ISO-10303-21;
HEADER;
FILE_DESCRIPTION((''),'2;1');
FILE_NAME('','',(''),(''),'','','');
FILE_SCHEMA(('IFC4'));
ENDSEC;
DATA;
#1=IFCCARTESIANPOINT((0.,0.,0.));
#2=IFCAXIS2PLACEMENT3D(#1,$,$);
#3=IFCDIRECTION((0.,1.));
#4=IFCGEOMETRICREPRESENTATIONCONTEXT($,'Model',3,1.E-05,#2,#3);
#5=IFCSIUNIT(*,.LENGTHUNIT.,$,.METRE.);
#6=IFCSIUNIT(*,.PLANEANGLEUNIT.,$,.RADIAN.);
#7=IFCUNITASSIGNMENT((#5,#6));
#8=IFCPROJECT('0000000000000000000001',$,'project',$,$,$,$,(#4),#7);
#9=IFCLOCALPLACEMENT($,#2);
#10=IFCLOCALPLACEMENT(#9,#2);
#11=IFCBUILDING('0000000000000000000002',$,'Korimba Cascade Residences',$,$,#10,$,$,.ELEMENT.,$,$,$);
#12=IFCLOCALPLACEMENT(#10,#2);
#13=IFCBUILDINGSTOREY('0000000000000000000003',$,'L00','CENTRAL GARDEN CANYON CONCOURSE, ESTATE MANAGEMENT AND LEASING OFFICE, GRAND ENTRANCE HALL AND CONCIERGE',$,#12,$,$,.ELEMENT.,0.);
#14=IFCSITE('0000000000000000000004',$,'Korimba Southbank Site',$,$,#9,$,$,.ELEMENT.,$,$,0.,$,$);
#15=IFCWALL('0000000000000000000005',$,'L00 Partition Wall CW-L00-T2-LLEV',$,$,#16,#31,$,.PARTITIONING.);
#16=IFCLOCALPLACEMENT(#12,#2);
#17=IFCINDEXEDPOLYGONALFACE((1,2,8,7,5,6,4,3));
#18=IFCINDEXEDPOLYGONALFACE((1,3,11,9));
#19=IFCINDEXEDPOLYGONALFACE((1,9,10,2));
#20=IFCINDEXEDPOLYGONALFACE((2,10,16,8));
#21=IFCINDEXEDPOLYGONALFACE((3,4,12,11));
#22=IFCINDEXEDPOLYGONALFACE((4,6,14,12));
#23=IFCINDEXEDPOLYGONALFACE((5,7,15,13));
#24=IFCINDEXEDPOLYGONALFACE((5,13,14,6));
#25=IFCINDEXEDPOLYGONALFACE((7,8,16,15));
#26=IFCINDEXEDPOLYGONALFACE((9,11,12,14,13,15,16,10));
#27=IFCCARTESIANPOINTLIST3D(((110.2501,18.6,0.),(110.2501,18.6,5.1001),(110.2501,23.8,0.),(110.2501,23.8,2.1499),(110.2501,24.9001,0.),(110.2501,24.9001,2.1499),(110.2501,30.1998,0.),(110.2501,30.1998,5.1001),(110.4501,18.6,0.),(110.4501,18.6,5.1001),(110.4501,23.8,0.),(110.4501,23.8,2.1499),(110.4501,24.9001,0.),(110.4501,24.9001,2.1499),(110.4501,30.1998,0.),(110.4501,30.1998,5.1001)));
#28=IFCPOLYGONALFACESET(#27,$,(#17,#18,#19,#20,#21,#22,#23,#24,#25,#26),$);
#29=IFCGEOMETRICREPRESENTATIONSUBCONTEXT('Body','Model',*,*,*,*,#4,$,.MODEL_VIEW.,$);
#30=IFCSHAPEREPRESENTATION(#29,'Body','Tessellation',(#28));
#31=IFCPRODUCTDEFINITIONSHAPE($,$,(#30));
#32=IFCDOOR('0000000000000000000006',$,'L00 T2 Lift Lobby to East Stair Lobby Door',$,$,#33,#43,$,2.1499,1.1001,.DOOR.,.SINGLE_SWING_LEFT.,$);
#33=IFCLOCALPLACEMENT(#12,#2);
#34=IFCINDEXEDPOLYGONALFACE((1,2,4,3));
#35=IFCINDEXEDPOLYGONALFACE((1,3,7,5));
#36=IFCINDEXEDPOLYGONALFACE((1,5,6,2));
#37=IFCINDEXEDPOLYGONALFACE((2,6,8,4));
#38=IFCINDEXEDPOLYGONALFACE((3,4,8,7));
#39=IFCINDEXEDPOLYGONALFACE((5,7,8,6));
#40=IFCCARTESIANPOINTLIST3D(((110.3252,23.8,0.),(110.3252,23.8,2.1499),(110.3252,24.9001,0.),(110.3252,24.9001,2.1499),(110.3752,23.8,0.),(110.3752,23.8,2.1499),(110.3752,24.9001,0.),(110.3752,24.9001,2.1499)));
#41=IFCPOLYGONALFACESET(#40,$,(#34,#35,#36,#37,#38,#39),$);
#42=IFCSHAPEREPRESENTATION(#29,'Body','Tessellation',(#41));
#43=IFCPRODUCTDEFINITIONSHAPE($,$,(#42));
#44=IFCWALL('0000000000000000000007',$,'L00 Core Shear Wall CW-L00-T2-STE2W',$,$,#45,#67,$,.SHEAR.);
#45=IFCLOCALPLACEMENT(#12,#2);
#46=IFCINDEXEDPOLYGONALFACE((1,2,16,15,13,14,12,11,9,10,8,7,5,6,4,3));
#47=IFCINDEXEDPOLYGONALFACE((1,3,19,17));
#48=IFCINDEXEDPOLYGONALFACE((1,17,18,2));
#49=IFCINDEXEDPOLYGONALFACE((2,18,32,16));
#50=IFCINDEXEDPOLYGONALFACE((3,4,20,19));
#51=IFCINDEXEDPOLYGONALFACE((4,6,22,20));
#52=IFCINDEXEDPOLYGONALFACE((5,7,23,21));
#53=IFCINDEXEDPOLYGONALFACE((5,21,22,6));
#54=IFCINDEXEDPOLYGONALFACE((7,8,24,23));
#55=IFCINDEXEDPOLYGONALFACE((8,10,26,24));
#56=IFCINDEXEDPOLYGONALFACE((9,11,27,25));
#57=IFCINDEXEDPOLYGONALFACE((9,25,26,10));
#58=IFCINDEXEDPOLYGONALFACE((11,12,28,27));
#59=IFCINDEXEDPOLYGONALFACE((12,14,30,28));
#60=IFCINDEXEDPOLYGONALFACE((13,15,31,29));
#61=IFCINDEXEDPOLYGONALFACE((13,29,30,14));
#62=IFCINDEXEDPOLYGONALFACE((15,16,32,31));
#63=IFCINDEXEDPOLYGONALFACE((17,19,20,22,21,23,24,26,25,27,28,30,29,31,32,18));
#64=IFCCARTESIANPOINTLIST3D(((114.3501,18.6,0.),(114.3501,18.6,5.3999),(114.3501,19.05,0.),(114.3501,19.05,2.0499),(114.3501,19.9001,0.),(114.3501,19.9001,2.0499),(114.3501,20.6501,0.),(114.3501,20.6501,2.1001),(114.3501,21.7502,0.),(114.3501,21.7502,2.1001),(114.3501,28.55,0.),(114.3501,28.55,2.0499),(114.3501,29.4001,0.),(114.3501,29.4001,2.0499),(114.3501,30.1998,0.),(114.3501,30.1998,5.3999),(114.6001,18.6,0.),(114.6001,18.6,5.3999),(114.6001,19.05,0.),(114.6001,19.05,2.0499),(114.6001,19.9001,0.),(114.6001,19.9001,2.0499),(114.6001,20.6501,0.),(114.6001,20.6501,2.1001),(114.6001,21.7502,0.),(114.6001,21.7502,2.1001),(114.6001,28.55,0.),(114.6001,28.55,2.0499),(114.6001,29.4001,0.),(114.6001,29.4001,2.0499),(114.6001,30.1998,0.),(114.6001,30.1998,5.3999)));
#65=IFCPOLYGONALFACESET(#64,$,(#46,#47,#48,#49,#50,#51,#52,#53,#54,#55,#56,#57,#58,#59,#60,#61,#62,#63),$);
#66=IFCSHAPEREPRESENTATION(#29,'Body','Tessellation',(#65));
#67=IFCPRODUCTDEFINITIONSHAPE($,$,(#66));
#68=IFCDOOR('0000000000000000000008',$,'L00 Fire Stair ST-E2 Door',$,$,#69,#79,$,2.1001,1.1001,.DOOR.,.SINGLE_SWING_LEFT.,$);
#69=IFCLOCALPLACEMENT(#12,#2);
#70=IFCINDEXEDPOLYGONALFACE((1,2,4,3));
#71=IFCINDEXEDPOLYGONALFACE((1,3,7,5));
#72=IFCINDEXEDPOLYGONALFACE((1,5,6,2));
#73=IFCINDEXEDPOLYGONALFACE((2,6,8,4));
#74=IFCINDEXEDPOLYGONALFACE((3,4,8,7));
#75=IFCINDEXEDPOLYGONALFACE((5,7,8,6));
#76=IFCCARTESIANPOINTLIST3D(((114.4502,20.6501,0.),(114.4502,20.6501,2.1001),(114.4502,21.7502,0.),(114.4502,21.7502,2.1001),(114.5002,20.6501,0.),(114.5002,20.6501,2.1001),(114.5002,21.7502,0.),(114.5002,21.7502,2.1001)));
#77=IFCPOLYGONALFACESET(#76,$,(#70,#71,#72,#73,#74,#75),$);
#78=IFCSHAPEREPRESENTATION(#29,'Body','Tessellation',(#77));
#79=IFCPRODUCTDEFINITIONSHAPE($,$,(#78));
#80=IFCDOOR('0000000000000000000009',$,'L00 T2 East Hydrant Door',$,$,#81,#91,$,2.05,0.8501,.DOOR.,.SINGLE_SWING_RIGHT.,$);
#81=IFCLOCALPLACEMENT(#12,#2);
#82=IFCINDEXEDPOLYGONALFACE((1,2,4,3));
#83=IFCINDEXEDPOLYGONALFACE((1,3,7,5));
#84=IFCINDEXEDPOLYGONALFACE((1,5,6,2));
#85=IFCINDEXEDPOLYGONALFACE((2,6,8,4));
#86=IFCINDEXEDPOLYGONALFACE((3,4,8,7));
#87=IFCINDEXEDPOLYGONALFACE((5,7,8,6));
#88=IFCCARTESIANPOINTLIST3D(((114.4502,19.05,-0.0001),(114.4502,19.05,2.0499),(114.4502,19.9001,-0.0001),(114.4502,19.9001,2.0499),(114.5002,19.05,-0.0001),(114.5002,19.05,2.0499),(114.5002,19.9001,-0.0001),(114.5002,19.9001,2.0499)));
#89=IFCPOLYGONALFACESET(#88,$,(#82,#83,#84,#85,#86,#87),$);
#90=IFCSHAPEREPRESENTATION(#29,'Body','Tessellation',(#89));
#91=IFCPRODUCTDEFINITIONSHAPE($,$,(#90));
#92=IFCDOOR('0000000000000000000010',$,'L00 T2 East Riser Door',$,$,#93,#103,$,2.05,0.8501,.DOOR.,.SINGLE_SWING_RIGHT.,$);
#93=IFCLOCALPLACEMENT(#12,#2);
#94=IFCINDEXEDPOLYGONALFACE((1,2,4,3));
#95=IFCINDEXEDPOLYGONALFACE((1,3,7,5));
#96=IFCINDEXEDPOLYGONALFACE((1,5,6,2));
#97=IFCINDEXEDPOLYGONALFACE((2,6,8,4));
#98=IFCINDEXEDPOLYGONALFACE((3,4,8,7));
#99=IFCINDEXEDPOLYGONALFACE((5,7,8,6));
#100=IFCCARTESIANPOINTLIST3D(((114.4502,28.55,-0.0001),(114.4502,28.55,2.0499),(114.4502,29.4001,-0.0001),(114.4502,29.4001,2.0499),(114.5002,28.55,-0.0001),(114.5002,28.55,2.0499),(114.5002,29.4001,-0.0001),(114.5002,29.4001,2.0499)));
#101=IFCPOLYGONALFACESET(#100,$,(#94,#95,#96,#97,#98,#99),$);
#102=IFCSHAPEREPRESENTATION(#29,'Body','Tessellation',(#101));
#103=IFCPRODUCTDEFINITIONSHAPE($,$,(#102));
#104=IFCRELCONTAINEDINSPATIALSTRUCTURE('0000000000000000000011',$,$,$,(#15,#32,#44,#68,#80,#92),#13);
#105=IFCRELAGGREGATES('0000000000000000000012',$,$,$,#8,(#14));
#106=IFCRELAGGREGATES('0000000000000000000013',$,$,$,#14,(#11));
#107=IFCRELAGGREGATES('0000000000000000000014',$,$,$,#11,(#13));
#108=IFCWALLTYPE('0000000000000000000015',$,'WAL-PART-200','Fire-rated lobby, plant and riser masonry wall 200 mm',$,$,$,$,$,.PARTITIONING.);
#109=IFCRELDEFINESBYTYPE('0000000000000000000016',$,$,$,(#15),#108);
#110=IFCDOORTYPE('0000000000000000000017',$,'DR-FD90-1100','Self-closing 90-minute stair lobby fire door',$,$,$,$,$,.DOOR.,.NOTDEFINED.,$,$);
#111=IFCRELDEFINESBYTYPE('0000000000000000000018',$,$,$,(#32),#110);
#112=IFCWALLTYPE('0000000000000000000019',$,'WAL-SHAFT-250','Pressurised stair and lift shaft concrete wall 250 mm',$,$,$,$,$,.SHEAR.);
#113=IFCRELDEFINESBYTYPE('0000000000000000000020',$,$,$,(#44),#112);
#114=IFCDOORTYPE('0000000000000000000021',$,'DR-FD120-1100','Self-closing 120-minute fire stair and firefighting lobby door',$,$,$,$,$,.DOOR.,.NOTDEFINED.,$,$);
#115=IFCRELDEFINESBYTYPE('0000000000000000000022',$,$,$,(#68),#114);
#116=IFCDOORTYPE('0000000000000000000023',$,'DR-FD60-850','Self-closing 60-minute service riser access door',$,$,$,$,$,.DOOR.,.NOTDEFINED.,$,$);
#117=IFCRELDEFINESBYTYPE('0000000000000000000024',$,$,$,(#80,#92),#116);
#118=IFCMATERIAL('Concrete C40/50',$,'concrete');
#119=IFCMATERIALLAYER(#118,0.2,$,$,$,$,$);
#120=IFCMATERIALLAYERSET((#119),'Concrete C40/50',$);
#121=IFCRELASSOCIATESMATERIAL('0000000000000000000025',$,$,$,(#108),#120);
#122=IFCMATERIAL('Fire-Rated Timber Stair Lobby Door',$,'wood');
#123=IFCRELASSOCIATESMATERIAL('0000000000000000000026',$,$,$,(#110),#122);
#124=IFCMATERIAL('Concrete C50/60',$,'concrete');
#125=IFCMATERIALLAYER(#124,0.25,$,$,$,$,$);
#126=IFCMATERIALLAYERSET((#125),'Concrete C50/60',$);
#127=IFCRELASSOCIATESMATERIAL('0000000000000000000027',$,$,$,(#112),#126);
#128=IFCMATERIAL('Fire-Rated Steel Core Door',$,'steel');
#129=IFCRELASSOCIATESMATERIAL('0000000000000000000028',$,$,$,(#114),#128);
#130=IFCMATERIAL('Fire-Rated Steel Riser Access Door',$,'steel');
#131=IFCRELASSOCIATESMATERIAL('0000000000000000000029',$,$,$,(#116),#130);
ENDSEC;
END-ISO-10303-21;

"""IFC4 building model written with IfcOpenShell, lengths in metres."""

from ifc_helpers import new_model, si_unit, direction, frame, frame_2d, origin, place, context, subcontext, project, spatial, rectangle, extrude, material, layer, layer_set, type_object, element, fill, save


model = new_model("IFC4")

# Units and contexts
model_context = context("Model", 3, precision=1e-05, world=origin(), true_north=direction((0.0, 1.0)))
body_context = subcontext(model_context, "Body", "Model", "MODEL_VIEW")
ifc_project = project(units=[si_unit("LENGTHUNIT", "METRE"), si_unit("PLANEANGLEUNIT", "RADIAN")], contexts=[model_context])

# Site, building, storey
site_placement = place(None, origin())
site = spatial("IfcSite", under=ifc_project, at=site_placement, Name="Korimba Southbank Site", CompositionType="ELEMENT", RefElevation=0.0)
building_placement = place(site_placement, origin())
building = spatial("IfcBuilding", under=site, at=building_placement, Name="Korimba Cascade Residences", CompositionType="ELEMENT")
storey_placement = place(building_placement, origin())
storey = spatial("IfcBuildingStorey", under=building, at=storey_placement, Name="L00", Description="CENTRAL GARDEN CANYON CONCOURSE, ESTATE MANAGEMENT AND LEASING OFFICE, GRAND ENTRANCE HALL AND CONCIERGE", CompositionType="ELEMENT", Elevation=0.0)

# Shared definitions
ifc_material_1 = material(Name="Concrete C50/60", Category="concrete")

# Wall, opening, door
ifc_material_2 = material(Name="Concrete C40/50", Category="concrete")
ifc_layer_1 = layer(ifc_material_2, 0.2)
ifc_layer_set_1 = layer_set([ifc_layer_1], Name="Concrete C40/50")
wall_type_1 = type_object("IfcWallType", Name="WAL-PART-200", Description="Fire-rated lobby, plant and riser masonry wall 200 mm", PredefinedType="PARTITIONING", material=ifc_layer_set_1)
wall_1_placement = place(storey_placement, frame((110.3501, 18.6001, 0.0), z_axis=(0.0, 0.0, 1.0), x_axis=(0.0, 1.0, 0.0)))
wall_1 = element("IfcWall", 1, at=wall_1_placement, inside=storey, type_object=wall_type_1, Name="L00 Partition Wall CW-L00-T2-LLEV", PredefinedType="PARTITIONING", context=body_context, shape_type="SweptSolid", body=[
    extrude(rectangle(XDim=11.5999, YDim=0.2, at=frame_2d((5.7998, 0.0))), origin(), (0.0, 0.0, 1.0), 5.1001),
])
opening_1_placement = place(wall_1_placement, frame((5.2, 0.0, 0.0)))
opening_1 = element("IfcOpeningElement", 2, at=opening_1_placement, cuts=wall_1, PredefinedType="OPENING", context=body_context, shape_type="SweptSolid", body=[
    extrude(rectangle(XDim=1.1001, YDim=2.1499, at=frame_2d((0.55, 1.075))), frame((0.0, 0.1099, 0.0), z_axis=(0.0, -1.0, 0.0), x_axis=(1.0, 0.0, 0.0)), (0.0, 0.0, 1.0), 0.22),
])
ifc_material_3 = material(Name="Fire-Rated Timber Stair Lobby Door", Category="wood")
door_type_1 = type_object("IfcDoorType", Name="DR-FD90-1100", Description="Self-closing 90-minute stair lobby fire door", OperationType="NOTDEFINED", PredefinedType="DOOR", material=ifc_material_3)
door_1_placement = place(opening_1_placement, origin())
door_1 = element("IfcDoor", 3, at=door_1_placement, inside=storey, type_object=door_type_1, Name="L00 T2 Lift Lobby to East Stair Lobby Door", OperationType="SINGLE_SWING_LEFT", OverallHeight=2.1499, OverallWidth=1.1001, PredefinedType="DOOR", context=body_context, shape_type="SweptSolid", body=[
    extrude(rectangle(XDim=1.1001, YDim=2.1499, at=frame_2d((0.55, 1.075))), frame((0.0, 0.0249, 0.0), z_axis=(0.0, -1.0, 0.0), x_axis=(1.0, 0.0, 0.0)), (0.0, 0.0, 1.0), 0.05),
])
fill(opening_1, door_1)

# Wall, openings, doors
ifc_layer_2 = layer(ifc_material_1, 0.25)
ifc_layer_set_2 = layer_set([ifc_layer_2], Name="Concrete C50/60")
wall_type_2 = type_object("IfcWallType", Name="WAL-SHAFT-250", Description="Pressurised stair and lift shaft concrete wall 250 mm", PredefinedType="SHEAR", material=ifc_layer_set_2)
wall_2_placement = place(storey_placement, frame((114.4751, 18.6001, 0.0), z_axis=(0.0, 0.0, 1.0), x_axis=(0.0, 1.0, 0.0)))
wall_2 = element("IfcWall", 4, at=wall_2_placement, inside=storey, type_object=wall_type_2, Name="L00 Core Shear Wall CW-L00-T2-STE2W", PredefinedType="SHEAR", context=body_context, shape_type="SweptSolid", body=[
    extrude(rectangle(XDim=11.5999, YDim=0.25, at=frame_2d((5.7998, 0.0))), origin(), (0.0, 0.0, 1.0), 5.3999),
])
opening_2_placement = place(wall_2_placement, frame((0.45, 0.0, 0.0)))
opening_2 = element("IfcOpeningElement", 5, at=opening_2_placement, cuts=wall_2, PredefinedType="OPENING", context=body_context, shape_type="SweptSolid", body=[
    extrude(rectangle(XDim=0.8501, YDim=2.05, at=frame_2d((0.425, 1.0249))), frame((0.0, 0.135, 0.0), z_axis=(0.0, -1.0, 0.0), x_axis=(1.0, 0.0, 0.0)), (0.0, 0.0, 1.0), 0.27),
])
opening_3_placement = place(wall_2_placement, frame((2.05, 0.0, 0.0)))
opening_3 = element("IfcOpeningElement", 6, at=opening_3_placement, cuts=wall_2, PredefinedType="OPENING", context=body_context, shape_type="SweptSolid", body=[
    extrude(rectangle(XDim=1.1001, YDim=2.1001, at=frame_2d((0.55, 1.05))), frame((0.0, 0.135, 0.0), z_axis=(0.0, -1.0, 0.0), x_axis=(1.0, 0.0, 0.0)), (0.0, 0.0, 1.0), 0.27),
])
opening_4_placement = place(wall_2_placement, frame((9.95, 0.0, 0.0)))
opening_4 = element("IfcOpeningElement", 7, at=opening_4_placement, cuts=wall_2, PredefinedType="OPENING", context=body_context, shape_type="SweptSolid", body=[
    extrude(rectangle(XDim=0.8501, YDim=2.05, at=frame_2d((0.425, 1.0249))), frame((0.0, 0.135, 0.0), z_axis=(0.0, -1.0, 0.0), x_axis=(1.0, 0.0, 0.0)), (0.0, 0.0, 1.0), 0.27),
])
ifc_material_4 = material(Name="Fire-Rated Steel Core Door", Category="steel")
door_type_2 = type_object("IfcDoorType", Name="DR-FD120-1100", Description="Self-closing 120-minute fire stair and firefighting lobby door", OperationType="NOTDEFINED", PredefinedType="DOOR", material=ifc_material_4)
door_2_placement = place(opening_3_placement, origin())
door_2 = element("IfcDoor", 8, at=door_2_placement, inside=storey, type_object=door_type_2, Name="L00 Fire Stair ST-E2 Door", OperationType="SINGLE_SWING_LEFT", OverallHeight=2.1001, OverallWidth=1.1001, PredefinedType="DOOR", context=body_context, shape_type="SweptSolid", body=[
    extrude(rectangle(XDim=1.1001, YDim=2.1001, at=frame_2d((0.55, 1.05))), frame((0.0, 0.0249, 0.0), z_axis=(0.0, -1.0, 0.0), x_axis=(1.0, 0.0, 0.0)), (0.0, 0.0, 1.0), 0.05),
])
fill(opening_3, door_2)
ifc_material_5 = material(Name="Fire-Rated Steel Riser Access Door", Category="steel")
door_type_3 = type_object("IfcDoorType", Name="DR-FD60-850", Description="Self-closing 60-minute service riser access door", OperationType="NOTDEFINED", PredefinedType="DOOR", material=ifc_material_5)
door_3_placement = place(opening_2_placement, origin())
door_3 = element("IfcDoor", 9, at=door_3_placement, inside=storey, type_object=door_type_3, Name="L00 T2 East Hydrant Door", OperationType="SINGLE_SWING_RIGHT", OverallHeight=2.05, OverallWidth=0.8501, PredefinedType="DOOR", context=body_context, shape_type="SweptSolid", body=[
    extrude(rectangle(XDim=0.8501, YDim=2.05, at=frame_2d((0.425, 1.0249))), frame((0.0, 0.0249, 0.0), z_axis=(0.0, -1.0, 0.0), x_axis=(1.0, 0.0, 0.0)), (0.0, 0.0, 1.0), 0.05),
])
fill(opening_2, door_3)
door_4_placement = place(opening_4_placement, origin())
door_4 = element("IfcDoor", 10, at=door_4_placement, inside=storey, type_object=door_type_3, Name="L00 T2 East Riser Door", OperationType="SINGLE_SWING_RIGHT", OverallHeight=2.05, OverallWidth=0.8501, PredefinedType="DOOR", context=body_context, shape_type="SweptSolid", body=[
    extrude(rectangle(XDim=0.8501, YDim=2.05, at=frame_2d((0.425, 1.0249))), frame((0.0, 0.0249, 0.0), z_axis=(0.0, -1.0, 0.0), x_axis=(1.0, 0.0, 0.0)), (0.0, 0.0, 1.0), 0.05),
])
fill(opening_4, door_4)

save(model, "model.ifc")
